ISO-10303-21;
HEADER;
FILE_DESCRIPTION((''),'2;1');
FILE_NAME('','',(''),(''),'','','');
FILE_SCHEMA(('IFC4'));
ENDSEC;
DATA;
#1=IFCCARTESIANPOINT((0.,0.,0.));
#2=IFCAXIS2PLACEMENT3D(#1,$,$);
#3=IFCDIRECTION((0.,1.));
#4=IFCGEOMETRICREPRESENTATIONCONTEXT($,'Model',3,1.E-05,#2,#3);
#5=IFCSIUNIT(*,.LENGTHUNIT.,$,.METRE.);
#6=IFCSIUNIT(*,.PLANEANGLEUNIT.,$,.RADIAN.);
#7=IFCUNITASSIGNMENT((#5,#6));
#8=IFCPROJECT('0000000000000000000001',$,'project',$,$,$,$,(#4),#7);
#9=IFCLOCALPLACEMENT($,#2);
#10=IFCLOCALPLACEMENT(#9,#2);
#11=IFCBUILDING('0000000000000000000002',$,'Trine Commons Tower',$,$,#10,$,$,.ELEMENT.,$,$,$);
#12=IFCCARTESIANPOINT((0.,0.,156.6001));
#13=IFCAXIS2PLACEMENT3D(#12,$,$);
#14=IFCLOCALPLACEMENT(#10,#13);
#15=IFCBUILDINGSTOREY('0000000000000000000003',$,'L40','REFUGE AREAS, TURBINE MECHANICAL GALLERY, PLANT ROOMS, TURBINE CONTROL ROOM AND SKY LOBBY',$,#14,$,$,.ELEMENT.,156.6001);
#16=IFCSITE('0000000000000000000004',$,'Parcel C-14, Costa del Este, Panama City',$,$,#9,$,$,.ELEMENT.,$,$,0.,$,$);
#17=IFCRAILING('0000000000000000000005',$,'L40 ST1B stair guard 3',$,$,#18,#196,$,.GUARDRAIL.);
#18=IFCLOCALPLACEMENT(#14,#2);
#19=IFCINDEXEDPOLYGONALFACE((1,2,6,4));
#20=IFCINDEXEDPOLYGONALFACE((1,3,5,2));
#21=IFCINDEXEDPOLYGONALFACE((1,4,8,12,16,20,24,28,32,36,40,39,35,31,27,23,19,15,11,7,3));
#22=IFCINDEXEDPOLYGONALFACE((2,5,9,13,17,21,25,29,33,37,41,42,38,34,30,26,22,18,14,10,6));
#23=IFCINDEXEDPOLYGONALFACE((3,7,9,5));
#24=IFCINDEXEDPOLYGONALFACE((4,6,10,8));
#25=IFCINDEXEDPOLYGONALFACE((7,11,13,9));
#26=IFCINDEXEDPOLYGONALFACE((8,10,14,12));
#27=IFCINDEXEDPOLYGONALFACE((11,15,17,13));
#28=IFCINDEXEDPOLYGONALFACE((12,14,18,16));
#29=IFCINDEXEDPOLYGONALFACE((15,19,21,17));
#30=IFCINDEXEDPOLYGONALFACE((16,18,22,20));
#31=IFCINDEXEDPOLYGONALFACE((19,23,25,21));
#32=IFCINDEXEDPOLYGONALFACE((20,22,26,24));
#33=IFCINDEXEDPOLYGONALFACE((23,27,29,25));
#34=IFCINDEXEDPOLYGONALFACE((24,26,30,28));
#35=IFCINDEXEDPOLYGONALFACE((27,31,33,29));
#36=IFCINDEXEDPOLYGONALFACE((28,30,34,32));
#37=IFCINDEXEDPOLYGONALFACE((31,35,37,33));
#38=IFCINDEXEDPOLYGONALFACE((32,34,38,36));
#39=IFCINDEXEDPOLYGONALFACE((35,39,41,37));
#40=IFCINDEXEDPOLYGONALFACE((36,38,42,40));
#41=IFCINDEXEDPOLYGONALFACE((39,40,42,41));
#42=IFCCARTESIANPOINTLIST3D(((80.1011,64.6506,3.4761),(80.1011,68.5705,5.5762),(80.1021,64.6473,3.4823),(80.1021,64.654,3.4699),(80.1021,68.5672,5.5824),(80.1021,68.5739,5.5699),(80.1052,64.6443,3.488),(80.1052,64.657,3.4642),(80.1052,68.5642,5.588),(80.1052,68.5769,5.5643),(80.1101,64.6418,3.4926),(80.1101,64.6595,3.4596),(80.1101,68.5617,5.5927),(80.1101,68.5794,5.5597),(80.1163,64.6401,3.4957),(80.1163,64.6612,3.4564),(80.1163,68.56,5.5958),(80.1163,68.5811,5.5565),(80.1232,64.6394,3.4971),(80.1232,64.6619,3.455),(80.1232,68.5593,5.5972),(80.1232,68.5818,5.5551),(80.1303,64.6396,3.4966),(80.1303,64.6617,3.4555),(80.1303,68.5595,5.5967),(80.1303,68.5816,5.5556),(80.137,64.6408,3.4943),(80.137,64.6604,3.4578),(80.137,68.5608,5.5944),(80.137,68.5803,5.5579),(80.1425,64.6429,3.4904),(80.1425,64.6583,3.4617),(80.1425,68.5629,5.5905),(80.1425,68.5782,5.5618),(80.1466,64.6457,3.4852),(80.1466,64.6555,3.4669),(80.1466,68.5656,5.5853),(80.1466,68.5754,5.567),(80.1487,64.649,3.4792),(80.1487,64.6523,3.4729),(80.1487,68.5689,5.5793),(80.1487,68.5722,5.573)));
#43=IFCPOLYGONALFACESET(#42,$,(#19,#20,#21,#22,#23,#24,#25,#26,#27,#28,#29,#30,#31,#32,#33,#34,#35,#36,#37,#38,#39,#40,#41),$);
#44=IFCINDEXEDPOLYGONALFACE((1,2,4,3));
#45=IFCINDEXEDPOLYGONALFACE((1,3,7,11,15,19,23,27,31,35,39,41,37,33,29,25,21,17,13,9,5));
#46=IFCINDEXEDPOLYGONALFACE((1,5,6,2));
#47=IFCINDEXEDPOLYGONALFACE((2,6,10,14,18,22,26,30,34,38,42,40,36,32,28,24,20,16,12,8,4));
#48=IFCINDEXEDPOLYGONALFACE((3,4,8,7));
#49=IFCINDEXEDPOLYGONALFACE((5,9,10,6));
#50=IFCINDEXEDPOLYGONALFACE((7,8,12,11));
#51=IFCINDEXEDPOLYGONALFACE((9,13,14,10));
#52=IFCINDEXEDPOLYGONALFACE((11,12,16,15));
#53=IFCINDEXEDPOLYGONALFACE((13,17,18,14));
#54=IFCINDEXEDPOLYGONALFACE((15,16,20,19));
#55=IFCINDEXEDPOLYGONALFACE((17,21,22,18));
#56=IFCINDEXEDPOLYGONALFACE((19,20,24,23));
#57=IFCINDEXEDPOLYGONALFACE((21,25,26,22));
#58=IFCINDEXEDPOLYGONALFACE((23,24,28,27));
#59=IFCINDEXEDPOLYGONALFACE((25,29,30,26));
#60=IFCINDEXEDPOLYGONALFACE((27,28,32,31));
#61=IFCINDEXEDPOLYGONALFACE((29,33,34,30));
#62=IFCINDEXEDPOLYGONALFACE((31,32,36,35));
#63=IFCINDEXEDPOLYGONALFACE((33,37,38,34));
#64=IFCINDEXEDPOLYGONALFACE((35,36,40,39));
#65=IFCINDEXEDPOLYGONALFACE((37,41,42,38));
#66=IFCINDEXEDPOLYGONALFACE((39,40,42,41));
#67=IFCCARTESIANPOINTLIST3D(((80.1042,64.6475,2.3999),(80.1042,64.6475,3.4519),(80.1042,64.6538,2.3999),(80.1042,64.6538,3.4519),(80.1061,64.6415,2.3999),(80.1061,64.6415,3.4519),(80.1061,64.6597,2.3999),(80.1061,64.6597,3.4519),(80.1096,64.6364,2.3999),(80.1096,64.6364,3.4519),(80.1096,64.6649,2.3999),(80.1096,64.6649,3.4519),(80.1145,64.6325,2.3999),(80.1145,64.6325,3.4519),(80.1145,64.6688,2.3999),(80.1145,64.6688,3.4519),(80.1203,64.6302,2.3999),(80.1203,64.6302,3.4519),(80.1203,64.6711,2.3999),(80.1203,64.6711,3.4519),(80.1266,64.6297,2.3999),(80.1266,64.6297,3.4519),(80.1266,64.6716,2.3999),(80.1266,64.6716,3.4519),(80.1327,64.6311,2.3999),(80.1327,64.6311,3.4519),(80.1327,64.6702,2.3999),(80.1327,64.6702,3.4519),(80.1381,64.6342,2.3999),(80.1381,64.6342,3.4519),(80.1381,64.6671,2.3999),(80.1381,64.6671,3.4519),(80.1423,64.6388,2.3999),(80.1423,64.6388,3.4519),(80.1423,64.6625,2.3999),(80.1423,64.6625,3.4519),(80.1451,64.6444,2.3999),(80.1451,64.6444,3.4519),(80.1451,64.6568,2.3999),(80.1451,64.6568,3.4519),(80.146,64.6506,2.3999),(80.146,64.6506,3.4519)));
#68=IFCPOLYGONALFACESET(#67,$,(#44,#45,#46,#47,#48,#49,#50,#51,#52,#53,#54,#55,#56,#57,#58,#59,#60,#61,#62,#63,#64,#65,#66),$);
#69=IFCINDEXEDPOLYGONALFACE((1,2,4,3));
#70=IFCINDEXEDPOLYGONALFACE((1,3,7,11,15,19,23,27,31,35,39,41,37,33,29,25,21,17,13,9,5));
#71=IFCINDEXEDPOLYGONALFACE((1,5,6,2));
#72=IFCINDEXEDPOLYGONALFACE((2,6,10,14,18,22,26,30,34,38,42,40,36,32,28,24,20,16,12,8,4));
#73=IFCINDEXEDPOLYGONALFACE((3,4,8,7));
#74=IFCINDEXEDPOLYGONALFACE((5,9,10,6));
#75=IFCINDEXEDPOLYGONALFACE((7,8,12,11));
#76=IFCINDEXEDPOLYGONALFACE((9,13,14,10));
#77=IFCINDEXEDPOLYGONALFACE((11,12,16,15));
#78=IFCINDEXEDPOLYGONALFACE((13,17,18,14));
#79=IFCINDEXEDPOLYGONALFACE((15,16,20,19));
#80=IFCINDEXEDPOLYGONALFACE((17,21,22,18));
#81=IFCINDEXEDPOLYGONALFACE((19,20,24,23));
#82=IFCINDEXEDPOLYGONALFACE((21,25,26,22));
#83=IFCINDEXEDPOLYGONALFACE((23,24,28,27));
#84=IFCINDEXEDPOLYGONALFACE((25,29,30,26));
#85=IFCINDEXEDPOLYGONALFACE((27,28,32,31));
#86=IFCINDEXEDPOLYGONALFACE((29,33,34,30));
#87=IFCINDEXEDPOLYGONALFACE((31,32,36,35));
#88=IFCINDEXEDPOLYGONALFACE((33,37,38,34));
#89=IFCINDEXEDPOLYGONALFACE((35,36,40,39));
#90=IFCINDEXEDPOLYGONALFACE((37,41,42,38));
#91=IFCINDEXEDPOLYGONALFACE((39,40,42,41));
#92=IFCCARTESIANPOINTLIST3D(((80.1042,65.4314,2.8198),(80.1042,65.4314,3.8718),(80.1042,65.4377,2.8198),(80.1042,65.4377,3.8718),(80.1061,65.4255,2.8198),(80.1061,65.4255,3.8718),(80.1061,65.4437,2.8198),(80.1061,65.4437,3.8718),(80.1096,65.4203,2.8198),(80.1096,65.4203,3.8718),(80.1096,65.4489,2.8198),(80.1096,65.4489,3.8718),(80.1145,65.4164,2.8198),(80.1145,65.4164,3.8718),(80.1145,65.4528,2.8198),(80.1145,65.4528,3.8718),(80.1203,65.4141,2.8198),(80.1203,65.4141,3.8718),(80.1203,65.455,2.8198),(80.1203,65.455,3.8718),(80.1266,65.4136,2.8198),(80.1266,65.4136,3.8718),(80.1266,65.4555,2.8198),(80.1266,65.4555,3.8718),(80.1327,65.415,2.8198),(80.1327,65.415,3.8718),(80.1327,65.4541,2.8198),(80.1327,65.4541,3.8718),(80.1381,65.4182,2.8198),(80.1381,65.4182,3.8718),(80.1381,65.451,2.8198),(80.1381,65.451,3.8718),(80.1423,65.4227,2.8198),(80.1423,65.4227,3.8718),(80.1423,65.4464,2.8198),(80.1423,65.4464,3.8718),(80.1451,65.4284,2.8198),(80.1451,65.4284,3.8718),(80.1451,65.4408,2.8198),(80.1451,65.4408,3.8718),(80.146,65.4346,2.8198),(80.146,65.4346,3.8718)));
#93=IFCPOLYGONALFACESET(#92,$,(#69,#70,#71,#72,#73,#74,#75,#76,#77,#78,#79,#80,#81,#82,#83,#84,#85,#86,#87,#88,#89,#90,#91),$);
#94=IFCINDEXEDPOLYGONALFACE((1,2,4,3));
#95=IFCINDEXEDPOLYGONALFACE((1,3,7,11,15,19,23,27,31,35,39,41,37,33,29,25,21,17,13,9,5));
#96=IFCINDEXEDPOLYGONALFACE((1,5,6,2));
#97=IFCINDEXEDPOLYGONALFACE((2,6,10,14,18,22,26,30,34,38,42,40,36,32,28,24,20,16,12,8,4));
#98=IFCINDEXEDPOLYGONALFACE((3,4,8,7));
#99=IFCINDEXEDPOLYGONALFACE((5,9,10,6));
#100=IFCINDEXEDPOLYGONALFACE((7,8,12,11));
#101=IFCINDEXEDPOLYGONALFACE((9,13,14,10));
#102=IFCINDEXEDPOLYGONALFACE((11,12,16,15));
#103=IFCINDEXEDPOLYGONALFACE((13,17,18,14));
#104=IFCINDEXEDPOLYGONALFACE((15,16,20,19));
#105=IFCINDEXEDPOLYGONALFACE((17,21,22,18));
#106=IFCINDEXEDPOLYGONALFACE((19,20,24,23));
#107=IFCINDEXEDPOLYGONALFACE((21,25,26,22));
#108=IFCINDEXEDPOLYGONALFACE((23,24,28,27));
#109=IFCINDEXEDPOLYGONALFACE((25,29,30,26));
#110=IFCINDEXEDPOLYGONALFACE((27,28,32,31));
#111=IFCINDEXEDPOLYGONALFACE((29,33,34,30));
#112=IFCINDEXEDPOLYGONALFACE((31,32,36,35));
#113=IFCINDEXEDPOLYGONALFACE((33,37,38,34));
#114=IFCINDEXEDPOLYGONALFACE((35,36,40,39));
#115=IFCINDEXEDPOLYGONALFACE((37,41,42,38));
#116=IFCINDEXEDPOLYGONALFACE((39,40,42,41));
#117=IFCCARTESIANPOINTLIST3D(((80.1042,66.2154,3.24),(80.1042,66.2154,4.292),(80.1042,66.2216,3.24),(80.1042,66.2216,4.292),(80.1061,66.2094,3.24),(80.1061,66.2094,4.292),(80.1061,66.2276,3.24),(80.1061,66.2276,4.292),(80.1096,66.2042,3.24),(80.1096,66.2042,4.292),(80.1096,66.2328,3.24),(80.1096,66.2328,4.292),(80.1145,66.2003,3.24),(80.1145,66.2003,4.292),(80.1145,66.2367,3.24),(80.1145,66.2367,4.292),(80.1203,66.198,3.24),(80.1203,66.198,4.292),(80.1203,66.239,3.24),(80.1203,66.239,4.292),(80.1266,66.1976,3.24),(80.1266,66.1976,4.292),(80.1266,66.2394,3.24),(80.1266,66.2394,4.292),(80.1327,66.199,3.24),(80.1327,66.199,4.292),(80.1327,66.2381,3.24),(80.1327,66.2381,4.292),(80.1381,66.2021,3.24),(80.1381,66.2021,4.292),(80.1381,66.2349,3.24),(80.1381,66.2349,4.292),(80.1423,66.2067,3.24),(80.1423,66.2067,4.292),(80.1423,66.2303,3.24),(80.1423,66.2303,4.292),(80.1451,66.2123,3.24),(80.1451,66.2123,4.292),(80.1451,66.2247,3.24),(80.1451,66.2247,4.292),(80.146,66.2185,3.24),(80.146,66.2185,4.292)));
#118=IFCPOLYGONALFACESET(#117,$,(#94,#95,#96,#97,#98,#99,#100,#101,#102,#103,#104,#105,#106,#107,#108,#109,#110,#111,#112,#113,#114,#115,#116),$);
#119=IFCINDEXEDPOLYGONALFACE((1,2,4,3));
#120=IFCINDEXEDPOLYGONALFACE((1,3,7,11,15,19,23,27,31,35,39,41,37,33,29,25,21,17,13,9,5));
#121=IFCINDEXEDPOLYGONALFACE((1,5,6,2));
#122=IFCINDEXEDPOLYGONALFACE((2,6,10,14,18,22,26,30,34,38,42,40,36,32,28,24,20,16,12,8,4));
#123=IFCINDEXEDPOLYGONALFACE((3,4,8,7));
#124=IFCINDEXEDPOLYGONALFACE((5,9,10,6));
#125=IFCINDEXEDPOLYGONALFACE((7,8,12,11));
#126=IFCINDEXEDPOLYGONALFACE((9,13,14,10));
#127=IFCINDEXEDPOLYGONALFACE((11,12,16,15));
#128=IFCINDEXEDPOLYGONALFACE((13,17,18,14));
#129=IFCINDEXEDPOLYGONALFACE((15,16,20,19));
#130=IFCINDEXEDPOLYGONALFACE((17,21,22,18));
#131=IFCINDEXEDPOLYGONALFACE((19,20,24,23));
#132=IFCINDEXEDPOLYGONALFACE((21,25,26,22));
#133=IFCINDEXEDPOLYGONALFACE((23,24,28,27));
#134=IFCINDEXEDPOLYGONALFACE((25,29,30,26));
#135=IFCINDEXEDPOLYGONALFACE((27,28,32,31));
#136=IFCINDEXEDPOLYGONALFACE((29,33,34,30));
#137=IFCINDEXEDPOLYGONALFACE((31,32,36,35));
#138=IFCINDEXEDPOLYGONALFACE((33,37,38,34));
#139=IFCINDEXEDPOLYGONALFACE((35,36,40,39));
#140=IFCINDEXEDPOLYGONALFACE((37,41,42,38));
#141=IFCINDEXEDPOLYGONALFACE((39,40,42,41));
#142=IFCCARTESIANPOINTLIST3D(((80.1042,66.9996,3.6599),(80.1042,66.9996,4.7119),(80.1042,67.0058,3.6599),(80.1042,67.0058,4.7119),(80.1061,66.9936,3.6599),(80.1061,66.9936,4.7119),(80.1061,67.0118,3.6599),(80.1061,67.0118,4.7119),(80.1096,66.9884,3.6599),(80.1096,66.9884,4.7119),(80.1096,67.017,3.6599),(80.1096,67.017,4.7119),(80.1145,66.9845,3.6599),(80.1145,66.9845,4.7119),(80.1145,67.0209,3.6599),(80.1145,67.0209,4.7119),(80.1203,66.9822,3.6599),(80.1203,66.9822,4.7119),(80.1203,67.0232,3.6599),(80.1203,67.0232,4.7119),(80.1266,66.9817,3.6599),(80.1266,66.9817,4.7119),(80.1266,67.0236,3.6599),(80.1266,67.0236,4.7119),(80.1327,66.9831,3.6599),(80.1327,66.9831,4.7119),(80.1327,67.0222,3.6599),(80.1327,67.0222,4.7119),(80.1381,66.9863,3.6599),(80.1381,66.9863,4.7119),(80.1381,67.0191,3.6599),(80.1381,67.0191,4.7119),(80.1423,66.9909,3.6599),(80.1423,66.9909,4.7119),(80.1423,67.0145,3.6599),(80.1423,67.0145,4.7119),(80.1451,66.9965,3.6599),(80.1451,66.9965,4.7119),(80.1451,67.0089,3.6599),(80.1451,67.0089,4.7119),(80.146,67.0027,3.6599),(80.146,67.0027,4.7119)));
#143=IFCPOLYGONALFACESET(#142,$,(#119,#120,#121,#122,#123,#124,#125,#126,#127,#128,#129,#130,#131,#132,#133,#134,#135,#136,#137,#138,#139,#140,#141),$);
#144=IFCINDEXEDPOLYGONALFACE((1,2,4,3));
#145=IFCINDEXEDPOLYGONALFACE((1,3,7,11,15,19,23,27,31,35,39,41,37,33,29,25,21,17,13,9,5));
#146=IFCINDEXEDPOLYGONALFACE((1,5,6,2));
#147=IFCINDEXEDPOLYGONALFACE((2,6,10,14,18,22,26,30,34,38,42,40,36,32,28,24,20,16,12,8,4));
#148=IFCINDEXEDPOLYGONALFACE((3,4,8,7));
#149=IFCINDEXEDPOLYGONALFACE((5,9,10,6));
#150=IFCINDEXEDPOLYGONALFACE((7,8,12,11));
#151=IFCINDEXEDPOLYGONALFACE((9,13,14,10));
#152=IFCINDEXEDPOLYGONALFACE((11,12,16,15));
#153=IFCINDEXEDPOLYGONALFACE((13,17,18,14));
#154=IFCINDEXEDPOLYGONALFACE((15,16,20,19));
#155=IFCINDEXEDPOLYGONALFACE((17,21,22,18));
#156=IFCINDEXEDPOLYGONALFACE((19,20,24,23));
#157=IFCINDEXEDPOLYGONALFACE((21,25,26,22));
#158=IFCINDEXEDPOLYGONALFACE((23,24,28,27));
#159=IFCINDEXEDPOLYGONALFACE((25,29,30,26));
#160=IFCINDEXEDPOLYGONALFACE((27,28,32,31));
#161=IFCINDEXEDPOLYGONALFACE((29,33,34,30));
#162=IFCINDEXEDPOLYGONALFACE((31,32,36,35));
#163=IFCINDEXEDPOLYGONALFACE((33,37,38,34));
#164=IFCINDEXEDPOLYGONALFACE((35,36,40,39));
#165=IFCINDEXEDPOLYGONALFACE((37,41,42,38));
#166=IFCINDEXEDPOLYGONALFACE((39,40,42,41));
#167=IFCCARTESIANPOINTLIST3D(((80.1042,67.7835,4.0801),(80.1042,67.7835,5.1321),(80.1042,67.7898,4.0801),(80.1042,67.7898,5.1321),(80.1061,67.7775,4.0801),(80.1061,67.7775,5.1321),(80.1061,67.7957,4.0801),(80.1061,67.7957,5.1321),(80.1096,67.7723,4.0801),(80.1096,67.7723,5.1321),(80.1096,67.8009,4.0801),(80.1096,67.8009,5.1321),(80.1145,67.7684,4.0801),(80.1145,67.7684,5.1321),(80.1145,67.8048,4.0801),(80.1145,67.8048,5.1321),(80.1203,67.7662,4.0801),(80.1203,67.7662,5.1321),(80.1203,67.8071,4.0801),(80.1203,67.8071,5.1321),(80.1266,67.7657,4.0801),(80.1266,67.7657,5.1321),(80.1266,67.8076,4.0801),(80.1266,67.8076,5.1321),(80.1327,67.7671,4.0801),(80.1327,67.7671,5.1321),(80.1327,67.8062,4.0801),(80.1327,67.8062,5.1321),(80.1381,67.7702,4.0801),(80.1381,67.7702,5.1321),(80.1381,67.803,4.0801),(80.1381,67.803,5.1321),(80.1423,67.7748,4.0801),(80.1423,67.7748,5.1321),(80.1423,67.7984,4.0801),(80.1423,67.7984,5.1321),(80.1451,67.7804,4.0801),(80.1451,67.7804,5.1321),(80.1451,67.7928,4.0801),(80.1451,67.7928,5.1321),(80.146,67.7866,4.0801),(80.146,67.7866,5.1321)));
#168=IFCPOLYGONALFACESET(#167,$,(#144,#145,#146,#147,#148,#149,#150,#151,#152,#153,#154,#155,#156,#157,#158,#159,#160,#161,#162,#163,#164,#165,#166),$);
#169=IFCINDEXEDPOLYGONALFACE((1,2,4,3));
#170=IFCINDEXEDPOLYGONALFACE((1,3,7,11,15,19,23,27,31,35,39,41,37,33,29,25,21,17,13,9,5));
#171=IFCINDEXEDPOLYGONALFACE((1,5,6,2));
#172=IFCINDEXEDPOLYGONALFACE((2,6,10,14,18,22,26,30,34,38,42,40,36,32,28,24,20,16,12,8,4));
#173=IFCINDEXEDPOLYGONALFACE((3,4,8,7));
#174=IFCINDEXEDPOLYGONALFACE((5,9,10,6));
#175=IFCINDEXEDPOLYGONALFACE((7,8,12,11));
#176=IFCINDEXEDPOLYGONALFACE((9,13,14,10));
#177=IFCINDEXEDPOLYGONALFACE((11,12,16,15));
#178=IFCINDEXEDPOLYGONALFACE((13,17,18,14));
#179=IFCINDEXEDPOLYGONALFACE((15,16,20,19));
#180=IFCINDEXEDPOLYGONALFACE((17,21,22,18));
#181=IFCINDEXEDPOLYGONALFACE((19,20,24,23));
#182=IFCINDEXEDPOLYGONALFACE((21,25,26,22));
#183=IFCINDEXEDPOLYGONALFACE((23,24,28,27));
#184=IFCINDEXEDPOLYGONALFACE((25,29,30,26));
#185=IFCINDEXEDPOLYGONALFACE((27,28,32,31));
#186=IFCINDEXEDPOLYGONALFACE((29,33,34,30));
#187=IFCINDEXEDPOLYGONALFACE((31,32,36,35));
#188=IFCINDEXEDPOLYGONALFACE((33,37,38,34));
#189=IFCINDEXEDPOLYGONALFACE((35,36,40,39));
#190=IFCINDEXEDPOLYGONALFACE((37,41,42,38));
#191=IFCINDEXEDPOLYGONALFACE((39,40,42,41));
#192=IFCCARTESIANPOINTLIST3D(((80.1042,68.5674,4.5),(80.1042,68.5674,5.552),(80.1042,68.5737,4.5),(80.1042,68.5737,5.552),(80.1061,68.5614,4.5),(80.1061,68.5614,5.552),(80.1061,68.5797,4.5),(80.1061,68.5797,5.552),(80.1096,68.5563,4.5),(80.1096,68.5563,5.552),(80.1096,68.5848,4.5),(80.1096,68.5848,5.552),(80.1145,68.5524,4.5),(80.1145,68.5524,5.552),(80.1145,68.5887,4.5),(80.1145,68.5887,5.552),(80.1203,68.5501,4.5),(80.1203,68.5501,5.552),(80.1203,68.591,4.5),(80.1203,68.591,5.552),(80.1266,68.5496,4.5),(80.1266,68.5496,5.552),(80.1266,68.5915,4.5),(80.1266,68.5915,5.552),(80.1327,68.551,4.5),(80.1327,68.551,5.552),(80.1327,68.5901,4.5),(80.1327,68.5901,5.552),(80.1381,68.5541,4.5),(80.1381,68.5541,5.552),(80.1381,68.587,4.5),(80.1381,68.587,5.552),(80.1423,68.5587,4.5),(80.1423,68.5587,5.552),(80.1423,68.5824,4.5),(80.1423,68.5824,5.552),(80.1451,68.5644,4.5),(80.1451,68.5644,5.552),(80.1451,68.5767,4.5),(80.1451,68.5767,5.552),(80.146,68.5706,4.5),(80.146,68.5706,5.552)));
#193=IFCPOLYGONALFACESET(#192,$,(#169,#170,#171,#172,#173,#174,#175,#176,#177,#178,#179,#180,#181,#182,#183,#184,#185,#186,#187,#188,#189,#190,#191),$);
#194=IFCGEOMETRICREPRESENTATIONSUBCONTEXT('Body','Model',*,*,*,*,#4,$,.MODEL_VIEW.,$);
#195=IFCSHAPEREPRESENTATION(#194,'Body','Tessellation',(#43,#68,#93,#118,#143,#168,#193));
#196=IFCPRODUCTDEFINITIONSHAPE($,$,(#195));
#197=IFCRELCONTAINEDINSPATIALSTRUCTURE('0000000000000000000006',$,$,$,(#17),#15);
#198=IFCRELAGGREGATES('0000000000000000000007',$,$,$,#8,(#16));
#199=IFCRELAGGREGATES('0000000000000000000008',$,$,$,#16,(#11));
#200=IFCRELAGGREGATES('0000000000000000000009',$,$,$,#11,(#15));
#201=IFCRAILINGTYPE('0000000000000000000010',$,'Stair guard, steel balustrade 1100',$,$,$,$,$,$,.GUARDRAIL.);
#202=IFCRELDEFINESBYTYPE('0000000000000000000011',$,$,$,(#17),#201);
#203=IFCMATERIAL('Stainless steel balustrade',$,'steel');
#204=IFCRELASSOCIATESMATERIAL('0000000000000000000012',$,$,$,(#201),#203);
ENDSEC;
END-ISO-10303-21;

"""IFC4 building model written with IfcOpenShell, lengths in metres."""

from ifc_helpers import new_model, si_unit, direction, frame, origin, origin_2d, place, context, subcontext, project, spatial, circle, extrude, material, type_object, element, save


model = new_model("IFC4")

# Units and contexts
model_context = context("Model", 3, precision=1e-05, world=origin(), true_north=direction((0.0, 1.0)))
body_context = subcontext(model_context, "Body", "Model", "MODEL_VIEW")
ifc_project = project(units=[si_unit("LENGTHUNIT", "METRE"), si_unit("PLANEANGLEUNIT", "RADIAN")], contexts=[model_context])

# Site, building, storey
site_placement = place(None, origin())
site = spatial("IfcSite", under=ifc_project, at=site_placement, Name="Parcel C-14, Costa del Este, Panama City", CompositionType="ELEMENT", RefElevation=0.0)
building_placement = place(site_placement, origin())
building = spatial("IfcBuilding", under=site, at=building_placement, Name="Trine Commons Tower", CompositionType="ELEMENT")
storey_placement = place(building_placement, frame((0.0, 0.0, 156.6001)))
storey = spatial("IfcBuildingStorey", under=building, at=storey_placement, Name="L40", Description="REFUGE AREAS, TURBINE MECHANICAL GALLERY, PLANT ROOMS, TURBINE CONTROL ROOM AND SKY LOBBY", CompositionType="ELEMENT", Elevation=156.6001)

# Railing
ifc_material_1 = material(Name="Stainless steel balustrade", Category="steel")
railing_type_1 = type_object("IfcRailingType", Name="Stair guard, steel balustrade 1100", PredefinedType="GUARDRAIL", material=ifc_material_1)
railing_1_placement = place(storey_placement, frame((80.125, 64.6506, 2.3999)))
element("IfcRailing", 1, at=railing_1_placement, inside=storey, type_object=railing_type_1, Name="L40 ST1B stair guard 3", PredefinedType="GUARDRAIL", context=body_context, shape_type="SweptSolid", body=[
    extrude(circle(Radius=0.0239, at=origin_2d()), frame((0.0, 0.0, 1.0762), z_axis=(0.0, 0.881467, 0.472246), x_axis=(-1.0, 0.0, 0.0)), (0.0, 0.0, 1.0), 4.447),
    extrude(circle(Radius=0.021, at=origin_2d()), origin(), (0.0, 0.0, 1.0), 1.052),
    extrude(circle(Radius=0.021, at=origin_2d()), frame((0.0, 0.7839, 0.4199)), (0.0, 0.0, 1.0), 1.052),
    extrude(circle(Radius=0.021, at=origin_2d()), frame((0.0, 1.5679, 0.8401)), (0.0, 0.0, 1.0), 1.052),
    extrude(circle(Radius=0.021, at=origin_2d()), frame((0.0, 2.3521, 1.26)), (0.0, 0.0, 1.0), 1.052),
    extrude(circle(Radius=0.021, at=origin_2d()), frame((0.0, 3.136, 1.6802)), (0.0, 0.0, 1.0), 1.052),
    extrude(circle(Radius=0.021, at=origin_2d()), frame((0.0, 3.9199, 2.1001)), (0.0, 0.0, 1.0), 1.052),
])

save(model, "model.ifc")
